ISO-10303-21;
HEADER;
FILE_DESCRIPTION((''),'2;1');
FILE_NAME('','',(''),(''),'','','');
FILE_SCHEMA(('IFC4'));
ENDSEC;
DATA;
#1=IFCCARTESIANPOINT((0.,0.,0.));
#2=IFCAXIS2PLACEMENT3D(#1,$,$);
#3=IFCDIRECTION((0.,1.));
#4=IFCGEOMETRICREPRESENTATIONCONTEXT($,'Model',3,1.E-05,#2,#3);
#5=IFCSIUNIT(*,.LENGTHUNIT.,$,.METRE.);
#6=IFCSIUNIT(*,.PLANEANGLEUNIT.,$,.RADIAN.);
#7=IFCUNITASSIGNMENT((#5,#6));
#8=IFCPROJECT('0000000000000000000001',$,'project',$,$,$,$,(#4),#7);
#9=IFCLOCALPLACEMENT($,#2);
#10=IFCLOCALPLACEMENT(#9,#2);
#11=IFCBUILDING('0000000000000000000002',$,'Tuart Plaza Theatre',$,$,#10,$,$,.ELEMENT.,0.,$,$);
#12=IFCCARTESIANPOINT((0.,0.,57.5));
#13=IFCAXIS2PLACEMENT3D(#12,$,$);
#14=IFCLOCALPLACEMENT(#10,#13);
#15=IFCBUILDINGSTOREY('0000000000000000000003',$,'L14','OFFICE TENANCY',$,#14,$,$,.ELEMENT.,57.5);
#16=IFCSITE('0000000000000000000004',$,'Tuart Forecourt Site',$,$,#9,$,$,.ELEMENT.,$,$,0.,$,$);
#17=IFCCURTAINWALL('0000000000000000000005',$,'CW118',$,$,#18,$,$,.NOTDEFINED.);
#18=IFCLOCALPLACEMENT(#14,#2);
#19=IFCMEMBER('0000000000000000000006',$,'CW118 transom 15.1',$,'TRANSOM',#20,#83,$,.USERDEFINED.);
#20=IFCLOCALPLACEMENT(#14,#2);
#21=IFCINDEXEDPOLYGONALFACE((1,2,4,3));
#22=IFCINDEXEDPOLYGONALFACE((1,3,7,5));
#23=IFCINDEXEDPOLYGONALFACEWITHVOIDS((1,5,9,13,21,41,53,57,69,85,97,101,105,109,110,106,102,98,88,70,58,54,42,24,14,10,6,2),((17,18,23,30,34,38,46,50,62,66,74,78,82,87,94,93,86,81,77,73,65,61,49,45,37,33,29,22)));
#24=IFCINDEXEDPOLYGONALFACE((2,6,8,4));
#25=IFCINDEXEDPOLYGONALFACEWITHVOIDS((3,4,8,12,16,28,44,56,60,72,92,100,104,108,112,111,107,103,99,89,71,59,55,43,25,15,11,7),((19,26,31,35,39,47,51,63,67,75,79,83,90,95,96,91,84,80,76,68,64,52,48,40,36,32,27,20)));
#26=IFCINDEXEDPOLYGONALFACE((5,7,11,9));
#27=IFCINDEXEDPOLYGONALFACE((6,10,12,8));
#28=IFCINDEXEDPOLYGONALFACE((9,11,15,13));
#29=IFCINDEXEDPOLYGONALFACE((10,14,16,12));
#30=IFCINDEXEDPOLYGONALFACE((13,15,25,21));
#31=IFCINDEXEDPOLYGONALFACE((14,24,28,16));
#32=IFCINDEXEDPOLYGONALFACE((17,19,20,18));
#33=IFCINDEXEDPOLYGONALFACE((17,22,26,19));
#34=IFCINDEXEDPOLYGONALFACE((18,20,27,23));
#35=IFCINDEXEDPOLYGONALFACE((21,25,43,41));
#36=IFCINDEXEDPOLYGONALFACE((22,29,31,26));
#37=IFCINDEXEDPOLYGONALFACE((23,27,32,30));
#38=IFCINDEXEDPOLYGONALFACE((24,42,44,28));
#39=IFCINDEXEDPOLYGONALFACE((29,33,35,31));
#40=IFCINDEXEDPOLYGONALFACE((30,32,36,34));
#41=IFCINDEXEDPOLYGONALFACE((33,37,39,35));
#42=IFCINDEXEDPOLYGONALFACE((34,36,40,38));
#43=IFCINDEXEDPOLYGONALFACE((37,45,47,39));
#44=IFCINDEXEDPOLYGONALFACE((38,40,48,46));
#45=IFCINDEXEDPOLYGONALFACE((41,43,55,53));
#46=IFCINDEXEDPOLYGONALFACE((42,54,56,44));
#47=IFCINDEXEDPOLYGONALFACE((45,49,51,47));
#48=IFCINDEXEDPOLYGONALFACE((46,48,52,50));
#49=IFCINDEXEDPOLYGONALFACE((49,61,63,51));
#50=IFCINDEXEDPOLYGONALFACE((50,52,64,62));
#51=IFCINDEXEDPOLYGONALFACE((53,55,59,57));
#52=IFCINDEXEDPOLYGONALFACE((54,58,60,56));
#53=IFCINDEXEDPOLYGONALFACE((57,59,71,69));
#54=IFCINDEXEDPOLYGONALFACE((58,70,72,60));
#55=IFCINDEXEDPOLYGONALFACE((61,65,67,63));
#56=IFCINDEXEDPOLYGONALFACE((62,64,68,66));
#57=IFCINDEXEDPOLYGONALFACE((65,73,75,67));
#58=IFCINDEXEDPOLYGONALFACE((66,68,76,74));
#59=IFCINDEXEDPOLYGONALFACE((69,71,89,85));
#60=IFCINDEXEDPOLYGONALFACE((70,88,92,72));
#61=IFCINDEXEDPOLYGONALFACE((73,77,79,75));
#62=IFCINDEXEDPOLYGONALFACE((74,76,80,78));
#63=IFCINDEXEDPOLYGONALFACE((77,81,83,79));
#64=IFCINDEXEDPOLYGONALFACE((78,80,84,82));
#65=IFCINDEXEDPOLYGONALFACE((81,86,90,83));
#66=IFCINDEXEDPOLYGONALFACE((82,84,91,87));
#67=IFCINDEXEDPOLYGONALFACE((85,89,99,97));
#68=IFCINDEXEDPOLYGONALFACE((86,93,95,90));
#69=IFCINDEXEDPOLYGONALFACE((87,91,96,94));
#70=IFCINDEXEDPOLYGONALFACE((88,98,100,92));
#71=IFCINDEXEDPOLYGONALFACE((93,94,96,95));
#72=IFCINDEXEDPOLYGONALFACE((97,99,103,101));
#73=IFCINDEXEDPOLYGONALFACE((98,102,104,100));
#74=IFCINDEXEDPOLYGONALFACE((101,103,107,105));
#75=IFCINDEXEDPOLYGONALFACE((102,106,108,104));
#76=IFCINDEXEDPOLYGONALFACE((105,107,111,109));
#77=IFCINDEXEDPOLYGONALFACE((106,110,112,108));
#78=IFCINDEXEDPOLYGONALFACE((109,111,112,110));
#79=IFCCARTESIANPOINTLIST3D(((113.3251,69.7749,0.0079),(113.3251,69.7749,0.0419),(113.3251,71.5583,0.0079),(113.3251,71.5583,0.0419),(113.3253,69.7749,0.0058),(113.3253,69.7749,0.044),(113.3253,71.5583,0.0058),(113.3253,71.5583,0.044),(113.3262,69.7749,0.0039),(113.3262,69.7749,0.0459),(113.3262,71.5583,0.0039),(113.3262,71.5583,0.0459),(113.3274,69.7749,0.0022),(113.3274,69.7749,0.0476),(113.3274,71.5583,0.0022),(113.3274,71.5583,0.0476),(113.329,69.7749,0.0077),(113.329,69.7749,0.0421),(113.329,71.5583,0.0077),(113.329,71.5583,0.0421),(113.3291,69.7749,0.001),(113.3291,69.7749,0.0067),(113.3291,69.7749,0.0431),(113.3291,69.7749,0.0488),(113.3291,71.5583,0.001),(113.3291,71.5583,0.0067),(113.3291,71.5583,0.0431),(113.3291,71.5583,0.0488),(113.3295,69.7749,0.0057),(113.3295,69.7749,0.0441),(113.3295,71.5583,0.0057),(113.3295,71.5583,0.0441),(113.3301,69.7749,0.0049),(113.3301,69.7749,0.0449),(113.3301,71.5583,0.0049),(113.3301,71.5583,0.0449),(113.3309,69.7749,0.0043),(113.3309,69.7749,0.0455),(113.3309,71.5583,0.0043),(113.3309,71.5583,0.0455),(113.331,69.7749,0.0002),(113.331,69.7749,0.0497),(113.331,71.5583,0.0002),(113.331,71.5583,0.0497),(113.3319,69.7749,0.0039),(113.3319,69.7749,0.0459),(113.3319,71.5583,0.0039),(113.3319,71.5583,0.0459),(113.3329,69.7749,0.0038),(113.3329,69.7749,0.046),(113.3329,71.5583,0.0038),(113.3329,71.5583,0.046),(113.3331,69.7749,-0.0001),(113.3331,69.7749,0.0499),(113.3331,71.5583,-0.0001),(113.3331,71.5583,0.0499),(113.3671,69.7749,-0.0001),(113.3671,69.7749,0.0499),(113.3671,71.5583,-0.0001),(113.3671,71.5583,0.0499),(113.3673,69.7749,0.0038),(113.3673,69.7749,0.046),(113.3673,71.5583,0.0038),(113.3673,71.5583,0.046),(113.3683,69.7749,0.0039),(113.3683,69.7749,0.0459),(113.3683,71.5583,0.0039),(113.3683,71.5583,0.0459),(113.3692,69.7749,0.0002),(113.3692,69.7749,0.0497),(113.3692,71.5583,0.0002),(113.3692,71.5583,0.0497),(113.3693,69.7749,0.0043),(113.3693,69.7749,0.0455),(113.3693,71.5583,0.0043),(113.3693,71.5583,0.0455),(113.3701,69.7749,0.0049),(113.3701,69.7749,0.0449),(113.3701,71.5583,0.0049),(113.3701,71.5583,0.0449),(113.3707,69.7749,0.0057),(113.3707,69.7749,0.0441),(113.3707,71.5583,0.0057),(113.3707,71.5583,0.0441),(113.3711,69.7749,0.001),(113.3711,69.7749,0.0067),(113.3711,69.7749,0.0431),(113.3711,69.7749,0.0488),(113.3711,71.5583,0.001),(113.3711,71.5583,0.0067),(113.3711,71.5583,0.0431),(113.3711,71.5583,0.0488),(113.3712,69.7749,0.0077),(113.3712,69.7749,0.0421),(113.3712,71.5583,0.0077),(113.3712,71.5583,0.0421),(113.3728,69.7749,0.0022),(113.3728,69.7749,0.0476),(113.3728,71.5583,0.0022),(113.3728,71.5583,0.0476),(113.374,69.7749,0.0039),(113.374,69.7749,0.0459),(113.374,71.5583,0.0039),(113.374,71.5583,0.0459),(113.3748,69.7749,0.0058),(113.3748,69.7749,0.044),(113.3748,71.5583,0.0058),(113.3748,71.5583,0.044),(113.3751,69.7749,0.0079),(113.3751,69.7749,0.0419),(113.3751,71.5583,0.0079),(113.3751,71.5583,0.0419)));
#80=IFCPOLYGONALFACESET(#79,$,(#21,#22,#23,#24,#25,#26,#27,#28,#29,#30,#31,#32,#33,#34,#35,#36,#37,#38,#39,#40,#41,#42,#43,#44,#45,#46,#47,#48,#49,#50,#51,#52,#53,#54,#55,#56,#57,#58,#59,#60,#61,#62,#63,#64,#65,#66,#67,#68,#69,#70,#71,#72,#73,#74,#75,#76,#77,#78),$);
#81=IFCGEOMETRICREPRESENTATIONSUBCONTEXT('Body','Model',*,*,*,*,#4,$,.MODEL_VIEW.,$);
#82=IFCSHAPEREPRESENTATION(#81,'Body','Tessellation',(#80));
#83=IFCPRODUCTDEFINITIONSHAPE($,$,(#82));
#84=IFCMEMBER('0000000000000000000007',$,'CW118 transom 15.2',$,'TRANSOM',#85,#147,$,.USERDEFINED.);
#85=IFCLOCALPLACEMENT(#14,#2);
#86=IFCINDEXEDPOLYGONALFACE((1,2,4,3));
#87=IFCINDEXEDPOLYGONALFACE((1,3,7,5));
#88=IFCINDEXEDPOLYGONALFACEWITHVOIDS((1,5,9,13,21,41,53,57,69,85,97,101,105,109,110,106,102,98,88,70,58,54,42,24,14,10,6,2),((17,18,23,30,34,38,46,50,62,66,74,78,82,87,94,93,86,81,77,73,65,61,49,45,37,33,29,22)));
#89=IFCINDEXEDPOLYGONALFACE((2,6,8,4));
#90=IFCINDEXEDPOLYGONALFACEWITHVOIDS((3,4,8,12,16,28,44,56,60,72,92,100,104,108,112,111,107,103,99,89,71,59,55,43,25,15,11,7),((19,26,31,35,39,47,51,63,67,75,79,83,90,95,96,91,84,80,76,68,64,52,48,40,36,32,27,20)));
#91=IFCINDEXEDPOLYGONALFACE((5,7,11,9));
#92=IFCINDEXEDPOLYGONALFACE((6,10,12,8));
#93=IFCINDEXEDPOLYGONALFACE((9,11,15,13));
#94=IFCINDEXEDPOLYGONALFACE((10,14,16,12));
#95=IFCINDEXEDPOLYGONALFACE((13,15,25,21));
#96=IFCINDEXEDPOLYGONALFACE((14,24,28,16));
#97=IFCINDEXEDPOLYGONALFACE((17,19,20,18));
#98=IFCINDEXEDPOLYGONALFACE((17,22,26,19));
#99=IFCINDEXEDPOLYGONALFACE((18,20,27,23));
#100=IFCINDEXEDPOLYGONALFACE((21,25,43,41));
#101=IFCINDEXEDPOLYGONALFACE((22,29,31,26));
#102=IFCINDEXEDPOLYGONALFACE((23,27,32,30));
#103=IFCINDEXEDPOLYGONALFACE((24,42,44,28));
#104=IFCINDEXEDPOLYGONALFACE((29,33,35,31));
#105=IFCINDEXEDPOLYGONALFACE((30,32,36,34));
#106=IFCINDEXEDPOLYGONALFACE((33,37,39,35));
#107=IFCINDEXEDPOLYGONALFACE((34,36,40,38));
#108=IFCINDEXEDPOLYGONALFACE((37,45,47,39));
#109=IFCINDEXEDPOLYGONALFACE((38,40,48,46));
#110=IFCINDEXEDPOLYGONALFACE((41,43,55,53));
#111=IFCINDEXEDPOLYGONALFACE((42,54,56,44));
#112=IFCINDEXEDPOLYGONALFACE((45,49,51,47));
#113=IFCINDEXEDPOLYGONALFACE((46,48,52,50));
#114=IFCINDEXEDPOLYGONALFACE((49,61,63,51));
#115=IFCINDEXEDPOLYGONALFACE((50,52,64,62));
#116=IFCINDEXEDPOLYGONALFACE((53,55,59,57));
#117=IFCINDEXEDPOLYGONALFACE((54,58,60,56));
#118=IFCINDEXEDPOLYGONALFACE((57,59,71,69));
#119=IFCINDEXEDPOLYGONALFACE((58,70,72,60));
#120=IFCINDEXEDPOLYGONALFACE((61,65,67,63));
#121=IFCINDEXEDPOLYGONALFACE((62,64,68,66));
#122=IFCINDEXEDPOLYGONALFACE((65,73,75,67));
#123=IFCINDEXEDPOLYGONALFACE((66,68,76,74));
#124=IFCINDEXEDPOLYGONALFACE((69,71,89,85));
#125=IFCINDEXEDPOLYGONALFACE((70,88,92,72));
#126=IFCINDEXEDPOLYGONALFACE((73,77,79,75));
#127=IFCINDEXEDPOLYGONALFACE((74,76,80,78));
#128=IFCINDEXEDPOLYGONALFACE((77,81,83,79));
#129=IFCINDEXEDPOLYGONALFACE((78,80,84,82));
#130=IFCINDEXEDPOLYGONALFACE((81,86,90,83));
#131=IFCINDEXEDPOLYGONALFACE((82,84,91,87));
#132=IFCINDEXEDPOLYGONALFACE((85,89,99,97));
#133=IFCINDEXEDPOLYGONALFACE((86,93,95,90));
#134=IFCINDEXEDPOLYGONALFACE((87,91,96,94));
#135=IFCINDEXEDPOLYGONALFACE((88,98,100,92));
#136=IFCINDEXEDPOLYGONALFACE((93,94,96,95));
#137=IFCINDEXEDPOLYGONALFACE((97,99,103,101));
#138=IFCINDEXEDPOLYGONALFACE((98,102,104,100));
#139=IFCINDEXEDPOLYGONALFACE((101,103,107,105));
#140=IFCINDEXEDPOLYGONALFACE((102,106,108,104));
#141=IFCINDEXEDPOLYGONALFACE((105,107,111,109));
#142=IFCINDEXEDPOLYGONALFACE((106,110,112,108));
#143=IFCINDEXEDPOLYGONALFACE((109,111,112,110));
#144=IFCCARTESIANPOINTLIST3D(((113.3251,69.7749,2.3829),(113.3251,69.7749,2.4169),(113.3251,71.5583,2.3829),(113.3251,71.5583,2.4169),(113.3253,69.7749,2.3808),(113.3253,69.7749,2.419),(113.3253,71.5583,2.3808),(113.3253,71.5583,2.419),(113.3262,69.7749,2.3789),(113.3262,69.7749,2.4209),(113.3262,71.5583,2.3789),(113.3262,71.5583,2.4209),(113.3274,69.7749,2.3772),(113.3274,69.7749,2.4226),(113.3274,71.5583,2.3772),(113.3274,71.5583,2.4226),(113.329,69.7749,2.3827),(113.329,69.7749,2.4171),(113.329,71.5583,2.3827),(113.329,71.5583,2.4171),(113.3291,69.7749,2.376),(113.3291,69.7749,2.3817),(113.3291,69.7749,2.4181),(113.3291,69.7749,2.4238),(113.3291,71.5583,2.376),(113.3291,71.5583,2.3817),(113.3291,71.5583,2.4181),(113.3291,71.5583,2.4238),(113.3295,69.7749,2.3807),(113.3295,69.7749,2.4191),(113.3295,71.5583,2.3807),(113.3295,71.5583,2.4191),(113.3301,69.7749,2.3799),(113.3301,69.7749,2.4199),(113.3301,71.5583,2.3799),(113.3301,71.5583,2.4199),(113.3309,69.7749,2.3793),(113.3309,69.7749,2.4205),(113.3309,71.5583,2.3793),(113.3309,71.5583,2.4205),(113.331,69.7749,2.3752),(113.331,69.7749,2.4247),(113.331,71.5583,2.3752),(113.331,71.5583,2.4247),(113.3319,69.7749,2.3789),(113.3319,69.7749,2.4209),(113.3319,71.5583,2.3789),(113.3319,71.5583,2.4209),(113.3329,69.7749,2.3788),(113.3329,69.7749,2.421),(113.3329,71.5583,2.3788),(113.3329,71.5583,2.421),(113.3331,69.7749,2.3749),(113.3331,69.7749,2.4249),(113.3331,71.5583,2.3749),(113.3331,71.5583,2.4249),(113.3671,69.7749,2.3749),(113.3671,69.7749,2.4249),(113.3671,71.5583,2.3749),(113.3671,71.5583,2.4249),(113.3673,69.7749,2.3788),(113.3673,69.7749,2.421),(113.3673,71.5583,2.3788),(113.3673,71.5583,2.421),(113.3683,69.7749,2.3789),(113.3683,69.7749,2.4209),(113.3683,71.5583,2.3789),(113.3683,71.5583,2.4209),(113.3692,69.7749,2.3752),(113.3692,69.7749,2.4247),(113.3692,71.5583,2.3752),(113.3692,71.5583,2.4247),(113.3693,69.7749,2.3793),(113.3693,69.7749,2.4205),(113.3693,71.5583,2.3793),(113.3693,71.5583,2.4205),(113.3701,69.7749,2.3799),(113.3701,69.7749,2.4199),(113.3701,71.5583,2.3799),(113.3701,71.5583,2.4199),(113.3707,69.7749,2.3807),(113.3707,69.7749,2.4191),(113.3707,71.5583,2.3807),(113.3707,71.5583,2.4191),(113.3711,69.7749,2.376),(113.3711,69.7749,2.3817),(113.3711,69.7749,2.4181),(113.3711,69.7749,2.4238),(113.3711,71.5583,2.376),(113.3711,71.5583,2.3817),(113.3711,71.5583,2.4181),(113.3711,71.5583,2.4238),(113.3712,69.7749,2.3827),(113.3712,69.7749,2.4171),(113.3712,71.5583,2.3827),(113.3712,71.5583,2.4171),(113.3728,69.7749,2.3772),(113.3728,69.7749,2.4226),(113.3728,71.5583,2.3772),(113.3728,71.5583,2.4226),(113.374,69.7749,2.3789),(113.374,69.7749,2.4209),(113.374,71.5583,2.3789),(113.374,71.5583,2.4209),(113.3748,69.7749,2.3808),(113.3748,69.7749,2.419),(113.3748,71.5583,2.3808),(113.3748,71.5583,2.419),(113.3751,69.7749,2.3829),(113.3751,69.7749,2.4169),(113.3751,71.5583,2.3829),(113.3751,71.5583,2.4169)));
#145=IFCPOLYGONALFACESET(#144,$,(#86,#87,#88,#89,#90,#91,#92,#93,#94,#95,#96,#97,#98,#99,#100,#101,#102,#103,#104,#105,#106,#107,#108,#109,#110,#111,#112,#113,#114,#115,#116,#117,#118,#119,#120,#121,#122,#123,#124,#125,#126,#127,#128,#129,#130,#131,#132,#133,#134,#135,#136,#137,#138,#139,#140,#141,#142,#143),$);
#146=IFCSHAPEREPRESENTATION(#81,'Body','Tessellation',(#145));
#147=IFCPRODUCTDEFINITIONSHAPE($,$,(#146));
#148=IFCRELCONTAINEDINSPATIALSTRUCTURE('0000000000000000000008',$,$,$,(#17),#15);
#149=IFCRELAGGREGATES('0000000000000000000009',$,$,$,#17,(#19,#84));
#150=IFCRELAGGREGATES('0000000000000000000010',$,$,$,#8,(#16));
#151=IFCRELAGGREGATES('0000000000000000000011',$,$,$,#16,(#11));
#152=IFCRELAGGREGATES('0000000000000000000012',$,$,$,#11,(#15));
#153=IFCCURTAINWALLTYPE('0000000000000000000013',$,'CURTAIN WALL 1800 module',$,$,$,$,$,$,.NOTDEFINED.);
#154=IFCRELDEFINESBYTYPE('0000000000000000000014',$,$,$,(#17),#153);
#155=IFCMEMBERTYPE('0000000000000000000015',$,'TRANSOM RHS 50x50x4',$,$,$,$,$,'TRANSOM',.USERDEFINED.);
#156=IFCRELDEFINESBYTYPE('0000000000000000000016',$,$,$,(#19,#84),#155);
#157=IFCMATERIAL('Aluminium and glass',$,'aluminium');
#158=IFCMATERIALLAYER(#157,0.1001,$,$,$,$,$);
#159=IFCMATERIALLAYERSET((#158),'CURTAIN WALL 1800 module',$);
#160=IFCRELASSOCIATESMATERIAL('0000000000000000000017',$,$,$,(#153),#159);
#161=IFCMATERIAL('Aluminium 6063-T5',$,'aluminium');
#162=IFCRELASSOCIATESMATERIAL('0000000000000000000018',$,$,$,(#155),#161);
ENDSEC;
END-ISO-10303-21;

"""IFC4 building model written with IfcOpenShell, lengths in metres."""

from ifc_helpers import new_model, si_unit, direction, frame, origin, origin_2d, place, context, subcontext, project, spatial, hollow_rectangle, extrude, material, layer, layer_set, material_profile, profile_set, type_object, element, aggregate, save


model = new_model("IFC4")

# Units and contexts
model_context = context("Model", 3, precision=1e-05, world=origin(), true_north=direction((0.0, 1.0)))
body_context = subcontext(model_context, "Body", "Model", "MODEL_VIEW")
ifc_project = project(units=[si_unit("LENGTHUNIT", "METRE"), si_unit("PLANEANGLEUNIT", "RADIAN")], contexts=[model_context])

# Site, building, storey
site_placement = place(None, origin())
site = spatial("IfcSite", under=ifc_project, at=site_placement, Name="Tuart Forecourt Site", CompositionType="ELEMENT", RefElevation=0.0)
building_placement = place(site_placement, origin())
building = spatial("IfcBuilding", under=site, at=building_placement, Name="Tuart Plaza Theatre", CompositionType="ELEMENT", ElevationOfRefHeight=0.0)
storey_placement = place(building_placement, frame((0.0, 0.0, 57.5)))
storey = spatial("IfcBuildingStorey", under=building, at=storey_placement, Name="L14", Description="OFFICE TENANCY", CompositionType="ELEMENT", Elevation=57.5)

# Curtain wall, members
ifc_material_1 = material(Name="Aluminium and glass", Category="aluminium")
ifc_layer_1 = layer(ifc_material_1, 0.1001)
ifc_layer_set_1 = layer_set([ifc_layer_1], Name="CURTAIN WALL 1800 module")
curtain_wall_type = type_object("IfcCurtainWallType", Name="CURTAIN WALL 1800 module", PredefinedType="NOTDEFINED", material=ifc_layer_set_1)
curtain_wall_placement = place(storey_placement, origin())
curtain_wall = element("IfcCurtainWall", 1, at=curtain_wall_placement, inside=storey, type_object=curtain_wall_type, Name="CW118", PredefinedType="NOTDEFINED")
ifc_material_2 = material(Name="Aluminium 6063-T5", Category="aluminium")
ifc_material_profile = material_profile(ifc_material_2, hollow_rectangle(XDim=0.05, YDim=0.05, WallThickness=0.0039, InnerFilletRadius=0.0039, OuterFilletRadius=0.0081, at=origin_2d()), Name="RHS 50x50x4")
ifc_profile_set = profile_set([ifc_material_profile], Name="Aluminium 6063-T5")
member_type = type_object("IfcMemberType", Name="TRANSOM RHS 50x50x4", ElementType="TRANSOM", PredefinedType="USERDEFINED", material=ifc_profile_set)
member_1_placement = place(storey_placement, frame((113.3501, 71.5583, 0.0249), z_axis=(0.0, -1.0, 0.0), x_axis=(1.0, 0.0, 0.0)))
member_1 = element("IfcMember", 2, at=member_1_placement, type_object=member_type, Name="CW118 transom 15.1", ObjectType="TRANSOM", PredefinedType="USERDEFINED", context=body_context, shape_type="SweptSolid", body=[
    extrude(hollow_rectangle(XDim=0.05, YDim=0.05, WallThickness=0.0039, InnerFilletRadius=0.0039, OuterFilletRadius=0.0081, at=origin_2d()), origin(), (0.0, 0.0, 1.0), 1.7834),
])
member_2_placement = place(storey_placement, frame((113.3501, 71.5583, 2.3999), z_axis=(0.0, -1.0, 0.0), x_axis=(1.0, 0.0, 0.0)))
member_2 = element("IfcMember", 3, at=member_2_placement, type_object=member_type, Name="CW118 transom 15.2", ObjectType="TRANSOM", PredefinedType="USERDEFINED", context=body_context, shape_type="SweptSolid", body=[
    extrude(hollow_rectangle(XDim=0.05, YDim=0.05, WallThickness=0.0039, InnerFilletRadius=0.0039, OuterFilletRadius=0.0081, at=origin_2d()), origin(), (0.0, 0.0, 1.0), 1.7834),
])
aggregate(curtain_wall, [member_1, member_2])

save(model, "model.ifc")
